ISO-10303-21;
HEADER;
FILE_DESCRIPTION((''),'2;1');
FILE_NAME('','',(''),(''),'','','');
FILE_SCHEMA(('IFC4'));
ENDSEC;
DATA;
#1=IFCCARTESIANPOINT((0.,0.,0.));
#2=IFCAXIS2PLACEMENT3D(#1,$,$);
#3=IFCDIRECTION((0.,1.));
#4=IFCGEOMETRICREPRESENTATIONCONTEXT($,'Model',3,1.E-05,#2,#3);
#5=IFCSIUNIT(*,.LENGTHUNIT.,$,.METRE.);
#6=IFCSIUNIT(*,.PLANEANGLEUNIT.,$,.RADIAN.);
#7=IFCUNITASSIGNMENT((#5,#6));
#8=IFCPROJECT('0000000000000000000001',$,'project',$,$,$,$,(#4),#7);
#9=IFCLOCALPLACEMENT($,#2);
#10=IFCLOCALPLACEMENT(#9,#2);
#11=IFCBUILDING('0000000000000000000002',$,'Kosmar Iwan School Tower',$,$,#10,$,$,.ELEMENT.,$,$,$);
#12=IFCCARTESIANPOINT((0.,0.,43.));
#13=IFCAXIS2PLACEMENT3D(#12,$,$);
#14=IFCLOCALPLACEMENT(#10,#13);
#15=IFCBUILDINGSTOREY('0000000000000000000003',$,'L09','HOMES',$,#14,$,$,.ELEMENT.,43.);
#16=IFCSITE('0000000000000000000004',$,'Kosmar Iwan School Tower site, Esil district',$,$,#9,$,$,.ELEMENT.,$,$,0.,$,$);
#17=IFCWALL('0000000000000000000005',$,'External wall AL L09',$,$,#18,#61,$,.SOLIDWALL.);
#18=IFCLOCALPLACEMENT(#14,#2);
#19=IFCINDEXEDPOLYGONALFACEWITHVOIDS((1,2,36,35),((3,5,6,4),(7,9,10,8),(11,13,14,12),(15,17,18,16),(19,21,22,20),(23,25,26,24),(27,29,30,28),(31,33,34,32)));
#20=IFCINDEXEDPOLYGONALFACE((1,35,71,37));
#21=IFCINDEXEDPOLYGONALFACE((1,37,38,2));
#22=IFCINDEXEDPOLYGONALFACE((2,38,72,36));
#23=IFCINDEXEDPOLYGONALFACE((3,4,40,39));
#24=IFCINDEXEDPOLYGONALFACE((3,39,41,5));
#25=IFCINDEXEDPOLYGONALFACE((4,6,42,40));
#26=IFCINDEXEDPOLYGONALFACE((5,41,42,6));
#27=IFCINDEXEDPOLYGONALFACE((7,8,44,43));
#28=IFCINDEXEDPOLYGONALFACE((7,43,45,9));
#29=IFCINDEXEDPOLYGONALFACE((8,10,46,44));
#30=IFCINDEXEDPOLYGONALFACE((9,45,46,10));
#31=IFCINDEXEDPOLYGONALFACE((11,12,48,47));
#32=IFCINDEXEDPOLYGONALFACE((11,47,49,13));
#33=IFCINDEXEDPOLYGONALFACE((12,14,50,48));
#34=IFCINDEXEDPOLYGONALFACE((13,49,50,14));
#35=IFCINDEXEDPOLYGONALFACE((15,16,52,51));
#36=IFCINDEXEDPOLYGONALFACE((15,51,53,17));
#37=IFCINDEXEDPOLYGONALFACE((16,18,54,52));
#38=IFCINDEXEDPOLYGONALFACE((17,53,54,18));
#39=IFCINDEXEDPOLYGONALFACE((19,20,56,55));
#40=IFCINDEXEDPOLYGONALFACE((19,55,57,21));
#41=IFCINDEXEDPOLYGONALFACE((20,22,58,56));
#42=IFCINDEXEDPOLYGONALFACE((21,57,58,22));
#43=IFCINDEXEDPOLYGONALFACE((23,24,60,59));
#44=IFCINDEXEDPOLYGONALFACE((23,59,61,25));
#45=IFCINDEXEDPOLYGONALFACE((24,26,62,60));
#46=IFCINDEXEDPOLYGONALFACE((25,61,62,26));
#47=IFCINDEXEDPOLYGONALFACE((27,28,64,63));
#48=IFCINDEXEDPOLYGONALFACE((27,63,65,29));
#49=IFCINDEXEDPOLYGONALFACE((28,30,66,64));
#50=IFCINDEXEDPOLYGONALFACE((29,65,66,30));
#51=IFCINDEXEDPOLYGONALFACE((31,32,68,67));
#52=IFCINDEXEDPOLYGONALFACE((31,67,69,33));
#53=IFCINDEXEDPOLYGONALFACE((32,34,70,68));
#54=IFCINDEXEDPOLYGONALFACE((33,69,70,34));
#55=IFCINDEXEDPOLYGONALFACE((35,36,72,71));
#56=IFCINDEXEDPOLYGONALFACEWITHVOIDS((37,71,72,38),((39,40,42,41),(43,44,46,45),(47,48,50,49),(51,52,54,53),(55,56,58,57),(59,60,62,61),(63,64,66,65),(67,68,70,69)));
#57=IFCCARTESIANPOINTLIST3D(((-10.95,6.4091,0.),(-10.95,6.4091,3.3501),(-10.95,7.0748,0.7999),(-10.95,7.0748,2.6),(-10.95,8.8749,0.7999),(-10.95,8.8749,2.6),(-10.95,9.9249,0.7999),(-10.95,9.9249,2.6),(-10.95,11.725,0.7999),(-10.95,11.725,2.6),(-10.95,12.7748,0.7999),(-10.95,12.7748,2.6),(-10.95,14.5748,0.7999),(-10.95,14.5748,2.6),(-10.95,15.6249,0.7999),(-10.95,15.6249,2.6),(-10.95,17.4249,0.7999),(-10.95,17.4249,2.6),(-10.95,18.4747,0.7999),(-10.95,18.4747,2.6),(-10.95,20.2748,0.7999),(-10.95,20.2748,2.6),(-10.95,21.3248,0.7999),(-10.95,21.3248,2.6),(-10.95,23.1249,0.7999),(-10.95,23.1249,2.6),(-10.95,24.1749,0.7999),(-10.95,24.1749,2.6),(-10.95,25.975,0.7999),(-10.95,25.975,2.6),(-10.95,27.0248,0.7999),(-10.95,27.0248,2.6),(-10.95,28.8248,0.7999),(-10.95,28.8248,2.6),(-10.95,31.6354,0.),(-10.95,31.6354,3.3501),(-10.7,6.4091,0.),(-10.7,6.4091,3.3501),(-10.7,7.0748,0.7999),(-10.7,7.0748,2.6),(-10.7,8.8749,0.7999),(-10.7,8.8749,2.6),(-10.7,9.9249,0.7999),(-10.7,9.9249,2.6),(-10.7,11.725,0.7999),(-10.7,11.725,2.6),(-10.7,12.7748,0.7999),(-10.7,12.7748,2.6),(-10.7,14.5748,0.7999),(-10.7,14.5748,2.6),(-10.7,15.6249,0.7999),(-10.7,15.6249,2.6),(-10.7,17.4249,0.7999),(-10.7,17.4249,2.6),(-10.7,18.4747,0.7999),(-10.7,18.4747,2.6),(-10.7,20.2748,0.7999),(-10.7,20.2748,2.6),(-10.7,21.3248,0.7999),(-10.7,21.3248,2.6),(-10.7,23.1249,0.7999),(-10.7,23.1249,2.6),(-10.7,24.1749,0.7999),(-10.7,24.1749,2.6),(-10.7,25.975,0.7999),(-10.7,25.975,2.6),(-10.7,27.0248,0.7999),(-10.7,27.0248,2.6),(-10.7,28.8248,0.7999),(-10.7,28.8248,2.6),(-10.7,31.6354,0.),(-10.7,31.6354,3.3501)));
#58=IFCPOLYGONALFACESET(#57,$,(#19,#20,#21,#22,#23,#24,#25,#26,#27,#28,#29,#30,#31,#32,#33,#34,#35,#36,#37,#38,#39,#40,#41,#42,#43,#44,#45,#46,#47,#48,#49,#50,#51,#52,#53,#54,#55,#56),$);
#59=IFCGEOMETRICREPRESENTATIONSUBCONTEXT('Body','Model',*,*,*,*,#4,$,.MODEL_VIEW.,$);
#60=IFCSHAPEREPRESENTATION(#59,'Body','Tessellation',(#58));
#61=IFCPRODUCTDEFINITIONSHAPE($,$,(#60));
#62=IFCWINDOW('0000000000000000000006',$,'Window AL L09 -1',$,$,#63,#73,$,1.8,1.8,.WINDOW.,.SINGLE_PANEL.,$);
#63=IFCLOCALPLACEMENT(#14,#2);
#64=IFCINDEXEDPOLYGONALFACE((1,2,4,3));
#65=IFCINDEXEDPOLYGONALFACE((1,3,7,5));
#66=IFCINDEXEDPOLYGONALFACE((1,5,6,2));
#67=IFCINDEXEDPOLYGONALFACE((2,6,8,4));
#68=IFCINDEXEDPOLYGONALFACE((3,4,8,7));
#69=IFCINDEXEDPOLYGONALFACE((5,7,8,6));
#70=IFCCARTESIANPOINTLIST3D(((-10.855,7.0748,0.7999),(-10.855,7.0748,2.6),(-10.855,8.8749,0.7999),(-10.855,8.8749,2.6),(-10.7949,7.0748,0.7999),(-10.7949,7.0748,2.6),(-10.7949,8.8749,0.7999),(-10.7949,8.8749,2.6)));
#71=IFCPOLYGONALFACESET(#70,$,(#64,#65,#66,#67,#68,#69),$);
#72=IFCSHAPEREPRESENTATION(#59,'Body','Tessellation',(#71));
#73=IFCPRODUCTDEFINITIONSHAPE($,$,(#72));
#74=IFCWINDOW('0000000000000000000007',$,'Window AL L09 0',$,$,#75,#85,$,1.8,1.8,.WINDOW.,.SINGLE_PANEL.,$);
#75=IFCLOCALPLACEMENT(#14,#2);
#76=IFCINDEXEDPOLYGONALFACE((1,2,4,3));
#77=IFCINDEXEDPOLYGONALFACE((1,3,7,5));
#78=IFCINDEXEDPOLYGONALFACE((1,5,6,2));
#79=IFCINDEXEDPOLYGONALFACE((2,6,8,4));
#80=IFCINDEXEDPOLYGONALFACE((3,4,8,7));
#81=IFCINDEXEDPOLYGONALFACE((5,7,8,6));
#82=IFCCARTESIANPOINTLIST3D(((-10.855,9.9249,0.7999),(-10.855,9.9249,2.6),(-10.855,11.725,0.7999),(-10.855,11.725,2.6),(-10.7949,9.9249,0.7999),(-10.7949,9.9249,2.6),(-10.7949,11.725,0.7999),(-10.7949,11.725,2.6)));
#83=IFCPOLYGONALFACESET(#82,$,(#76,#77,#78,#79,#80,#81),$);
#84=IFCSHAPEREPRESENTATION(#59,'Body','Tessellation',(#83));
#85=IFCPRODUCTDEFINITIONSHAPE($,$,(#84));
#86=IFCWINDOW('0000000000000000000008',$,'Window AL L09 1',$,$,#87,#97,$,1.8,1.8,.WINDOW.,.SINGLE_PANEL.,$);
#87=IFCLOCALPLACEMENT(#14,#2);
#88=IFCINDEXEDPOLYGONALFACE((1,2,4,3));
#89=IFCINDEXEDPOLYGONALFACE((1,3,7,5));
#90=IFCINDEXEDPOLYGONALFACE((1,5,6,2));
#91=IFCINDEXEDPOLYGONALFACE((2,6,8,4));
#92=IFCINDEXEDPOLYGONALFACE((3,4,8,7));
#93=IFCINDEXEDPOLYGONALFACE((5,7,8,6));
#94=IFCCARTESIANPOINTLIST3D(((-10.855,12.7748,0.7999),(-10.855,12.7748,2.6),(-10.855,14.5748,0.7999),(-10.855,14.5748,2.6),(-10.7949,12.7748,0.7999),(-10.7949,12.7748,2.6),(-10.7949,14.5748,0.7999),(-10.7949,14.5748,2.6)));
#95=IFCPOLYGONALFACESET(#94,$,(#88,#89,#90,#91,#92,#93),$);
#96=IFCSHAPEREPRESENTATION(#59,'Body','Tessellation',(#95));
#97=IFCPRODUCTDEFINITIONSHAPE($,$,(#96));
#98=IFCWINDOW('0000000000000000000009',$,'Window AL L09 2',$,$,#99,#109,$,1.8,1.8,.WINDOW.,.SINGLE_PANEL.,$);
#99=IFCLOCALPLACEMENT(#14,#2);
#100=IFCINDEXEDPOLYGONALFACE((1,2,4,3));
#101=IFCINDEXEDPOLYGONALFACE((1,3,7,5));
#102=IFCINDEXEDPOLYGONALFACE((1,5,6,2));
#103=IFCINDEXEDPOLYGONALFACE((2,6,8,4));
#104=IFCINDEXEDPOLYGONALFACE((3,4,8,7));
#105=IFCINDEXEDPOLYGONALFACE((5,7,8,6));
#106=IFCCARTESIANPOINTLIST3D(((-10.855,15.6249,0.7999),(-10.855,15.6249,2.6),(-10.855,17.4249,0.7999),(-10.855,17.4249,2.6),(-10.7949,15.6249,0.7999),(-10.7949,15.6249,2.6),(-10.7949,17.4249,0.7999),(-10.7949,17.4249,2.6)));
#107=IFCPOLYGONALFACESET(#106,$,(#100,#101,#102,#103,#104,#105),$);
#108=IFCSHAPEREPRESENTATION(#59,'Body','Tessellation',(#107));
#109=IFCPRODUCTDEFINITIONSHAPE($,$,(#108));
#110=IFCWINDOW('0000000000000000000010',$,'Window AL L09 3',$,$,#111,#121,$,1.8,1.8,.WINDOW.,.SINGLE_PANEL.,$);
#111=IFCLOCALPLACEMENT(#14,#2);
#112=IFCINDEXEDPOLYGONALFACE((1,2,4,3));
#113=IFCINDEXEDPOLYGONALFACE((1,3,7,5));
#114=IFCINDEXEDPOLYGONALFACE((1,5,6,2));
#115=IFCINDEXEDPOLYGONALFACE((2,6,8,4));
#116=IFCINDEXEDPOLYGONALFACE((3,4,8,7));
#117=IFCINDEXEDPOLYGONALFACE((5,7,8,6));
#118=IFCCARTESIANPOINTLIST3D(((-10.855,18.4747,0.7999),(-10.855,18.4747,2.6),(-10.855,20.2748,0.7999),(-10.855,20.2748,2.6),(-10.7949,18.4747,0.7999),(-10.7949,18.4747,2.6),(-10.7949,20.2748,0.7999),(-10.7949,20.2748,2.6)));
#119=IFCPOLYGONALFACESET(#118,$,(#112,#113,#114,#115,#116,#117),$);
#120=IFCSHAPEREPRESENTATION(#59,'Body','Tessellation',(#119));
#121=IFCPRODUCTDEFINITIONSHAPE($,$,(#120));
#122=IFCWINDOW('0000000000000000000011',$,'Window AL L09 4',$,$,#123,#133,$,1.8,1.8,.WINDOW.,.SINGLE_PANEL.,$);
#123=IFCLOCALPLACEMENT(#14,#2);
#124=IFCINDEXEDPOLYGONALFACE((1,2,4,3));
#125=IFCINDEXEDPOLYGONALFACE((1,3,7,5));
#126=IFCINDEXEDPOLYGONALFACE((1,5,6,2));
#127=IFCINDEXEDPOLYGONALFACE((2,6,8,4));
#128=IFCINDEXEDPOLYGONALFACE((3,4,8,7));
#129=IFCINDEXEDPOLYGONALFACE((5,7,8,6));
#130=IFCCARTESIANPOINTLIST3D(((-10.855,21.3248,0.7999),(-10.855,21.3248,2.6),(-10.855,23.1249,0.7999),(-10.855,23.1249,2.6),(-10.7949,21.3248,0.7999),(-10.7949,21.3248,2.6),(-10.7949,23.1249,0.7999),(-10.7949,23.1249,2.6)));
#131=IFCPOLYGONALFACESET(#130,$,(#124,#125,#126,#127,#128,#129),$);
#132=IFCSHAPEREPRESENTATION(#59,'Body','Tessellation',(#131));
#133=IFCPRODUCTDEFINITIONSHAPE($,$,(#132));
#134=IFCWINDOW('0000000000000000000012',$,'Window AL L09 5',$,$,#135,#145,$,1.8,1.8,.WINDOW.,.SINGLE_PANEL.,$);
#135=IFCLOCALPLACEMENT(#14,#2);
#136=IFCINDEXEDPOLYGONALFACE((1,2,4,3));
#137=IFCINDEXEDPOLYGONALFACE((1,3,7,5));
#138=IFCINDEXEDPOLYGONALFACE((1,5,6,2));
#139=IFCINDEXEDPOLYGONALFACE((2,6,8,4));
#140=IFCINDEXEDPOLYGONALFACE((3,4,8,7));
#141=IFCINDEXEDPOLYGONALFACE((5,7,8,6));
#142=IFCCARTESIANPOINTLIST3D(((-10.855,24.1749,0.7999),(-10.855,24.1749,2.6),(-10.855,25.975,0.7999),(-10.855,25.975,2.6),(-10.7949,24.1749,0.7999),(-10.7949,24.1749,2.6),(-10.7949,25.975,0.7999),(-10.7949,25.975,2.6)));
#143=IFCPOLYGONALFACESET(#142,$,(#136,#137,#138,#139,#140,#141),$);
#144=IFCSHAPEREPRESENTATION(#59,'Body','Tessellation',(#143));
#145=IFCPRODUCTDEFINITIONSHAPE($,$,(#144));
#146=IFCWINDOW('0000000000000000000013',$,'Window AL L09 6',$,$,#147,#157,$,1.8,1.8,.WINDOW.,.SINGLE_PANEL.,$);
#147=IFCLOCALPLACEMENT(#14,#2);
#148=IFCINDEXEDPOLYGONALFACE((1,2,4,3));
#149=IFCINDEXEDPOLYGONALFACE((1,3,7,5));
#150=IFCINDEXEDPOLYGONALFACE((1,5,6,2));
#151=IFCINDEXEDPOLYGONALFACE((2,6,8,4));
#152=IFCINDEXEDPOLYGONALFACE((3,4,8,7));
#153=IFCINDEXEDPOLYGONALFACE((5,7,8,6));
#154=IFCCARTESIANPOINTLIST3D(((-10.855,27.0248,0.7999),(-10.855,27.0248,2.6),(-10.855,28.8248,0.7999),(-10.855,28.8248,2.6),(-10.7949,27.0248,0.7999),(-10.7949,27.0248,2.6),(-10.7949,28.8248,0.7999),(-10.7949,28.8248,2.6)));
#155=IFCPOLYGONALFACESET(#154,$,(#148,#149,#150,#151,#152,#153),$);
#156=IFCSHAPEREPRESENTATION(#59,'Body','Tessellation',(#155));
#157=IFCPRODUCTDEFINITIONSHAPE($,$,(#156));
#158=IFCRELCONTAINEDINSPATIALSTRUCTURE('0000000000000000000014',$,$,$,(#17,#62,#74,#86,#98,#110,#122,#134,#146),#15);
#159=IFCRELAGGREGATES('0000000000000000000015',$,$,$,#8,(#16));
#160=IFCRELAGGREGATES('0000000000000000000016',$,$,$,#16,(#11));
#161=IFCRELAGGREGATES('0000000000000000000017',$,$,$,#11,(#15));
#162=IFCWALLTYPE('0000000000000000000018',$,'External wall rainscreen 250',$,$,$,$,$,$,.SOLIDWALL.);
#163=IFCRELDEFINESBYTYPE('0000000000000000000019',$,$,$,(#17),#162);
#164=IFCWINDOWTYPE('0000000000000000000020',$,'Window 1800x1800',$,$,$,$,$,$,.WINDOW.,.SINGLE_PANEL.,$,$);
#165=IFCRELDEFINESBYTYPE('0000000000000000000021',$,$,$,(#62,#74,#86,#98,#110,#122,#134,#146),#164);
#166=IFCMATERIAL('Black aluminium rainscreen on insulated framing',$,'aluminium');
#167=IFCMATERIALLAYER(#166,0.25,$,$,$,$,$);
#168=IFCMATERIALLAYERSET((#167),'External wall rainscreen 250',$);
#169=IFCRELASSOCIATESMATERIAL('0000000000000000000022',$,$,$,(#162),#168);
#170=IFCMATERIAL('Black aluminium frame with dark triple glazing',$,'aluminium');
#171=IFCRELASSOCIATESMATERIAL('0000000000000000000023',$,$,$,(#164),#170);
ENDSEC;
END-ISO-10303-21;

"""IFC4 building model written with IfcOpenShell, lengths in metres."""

from ifc_helpers import new_model, si_unit, direction, frame, frame_2d, origin, place, context, subcontext, project, spatial, rectangle, extrude, material, layer, layer_set, type_object, element, fill, save


model = new_model("IFC4")

# Units and contexts
model_context = context("Model", 3, precision=1e-05, world=origin(), true_north=direction((0.0, 1.0)))
body_context = subcontext(model_context, "Body", "Model", "MODEL_VIEW")
ifc_project = project(units=[si_unit("LENGTHUNIT", "METRE"), si_unit("PLANEANGLEUNIT", "RADIAN")], contexts=[model_context])

# Site, building, storey
site_placement = place(None, origin())
site = spatial("IfcSite", under=ifc_project, at=site_placement, Name="Kosmar Iwan School Tower site, Esil district", CompositionType="ELEMENT", RefElevation=0.0)
building_placement = place(site_placement, origin())
building = spatial("IfcBuilding", under=site, at=building_placement, Name="Kosmar Iwan School Tower", CompositionType="ELEMENT")
storey_placement = place(building_placement, frame((0.0, 0.0, 43.0)))
storey = spatial("IfcBuildingStorey", under=building, at=storey_placement, Name="L09", Description="HOMES", CompositionType="ELEMENT", Elevation=43.0)

# Wall, openings, windows
ifc_material_1 = material(Name="Black aluminium rainscreen on insulated framing", Category="aluminium")
ifc_layer = layer(ifc_material_1, 0.25)
ifc_layer_set = layer_set([ifc_layer], Name="External wall rainscreen 250")
wall_type = type_object("IfcWallType", Name="External wall rainscreen 250", PredefinedType="SOLIDWALL", material=ifc_layer_set)
wall_1_placement = place(storey_placement, frame((-10.825, 6.4089, 0.0), z_axis=(0.0, 0.0, 1.0), x_axis=(0.0, 1.0, 0.0)))
wall_1 = element("IfcWall", 1, at=wall_1_placement, inside=storey, type_object=wall_type, Name="External wall AL L09", PredefinedType="SOLIDWALL", context=body_context, shape_type="SweptSolid", body=[
    extrude(rectangle(XDim=25.2263, YDim=0.25, at=frame_2d((12.6133, 0.0))), origin(), (0.0, 0.0, 1.0), 3.3501),
])
opening_1_placement = place(wall_1_placement, frame((0.666, 0.0, 0.8)))
opening_1 = element("IfcOpeningElement", 2, at=opening_1_placement, cuts=wall_1, PredefinedType="OPENING", context=body_context, shape_type="SweptSolid", body=[
    extrude(rectangle(XDim=1.8, YDim=1.8, at=frame_2d((0.8999, 0.8999))), frame((0.0, 0.137, 0.0), z_axis=(0.0, -1.0, 0.0), x_axis=(1.0, 0.0, 0.0)), (0.0, 0.0, 1.0), 0.2739),
])
opening_2_placement = place(wall_1_placement, frame((3.5161, 0.0, 0.8)))
opening_2 = element("IfcOpeningElement", 3, at=opening_2_placement, cuts=wall_1, PredefinedType="OPENING", context=body_context, shape_type="SweptSolid", body=[
    extrude(rectangle(XDim=1.8, YDim=1.8, at=frame_2d((0.8999, 0.8999))), frame((0.0, 0.137, 0.0), z_axis=(0.0, -1.0, 0.0), x_axis=(1.0, 0.0, 0.0)), (0.0, 0.0, 1.0), 0.2739),
])
opening_3_placement = place(wall_1_placement, frame((6.366, 0.0, 0.8)))
opening_3 = element("IfcOpeningElement", 4, at=opening_3_placement, cuts=wall_1, PredefinedType="OPENING", context=body_context, shape_type="SweptSolid", body=[
    extrude(rectangle(XDim=1.8, YDim=1.8, at=frame_2d((0.8999, 0.8999))), frame((0.0, 0.137, 0.0), z_axis=(0.0, -1.0, 0.0), x_axis=(1.0, 0.0, 0.0)), (0.0, 0.0, 1.0), 0.2739),
])
opening_4_placement = place(wall_1_placement, frame((9.2161, 0.0, 0.8)))
opening_4 = element("IfcOpeningElement", 5, at=opening_4_placement, cuts=wall_1, PredefinedType="OPENING", context=body_context, shape_type="SweptSolid", body=[
    extrude(rectangle(XDim=1.8, YDim=1.8, at=frame_2d((0.8999, 0.8999))), frame((0.0, 0.137, 0.0), z_axis=(0.0, -1.0, 0.0), x_axis=(1.0, 0.0, 0.0)), (0.0, 0.0, 1.0), 0.2739),
])
opening_5_placement = place(wall_1_placement, frame((12.0659, 0.0, 0.8)))
opening_5 = element("IfcOpeningElement", 6, at=opening_5_placement, cuts=wall_1, PredefinedType="OPENING", context=body_context, shape_type="SweptSolid", body=[
    extrude(rectangle(XDim=1.8, YDim=1.8, at=frame_2d((0.8999, 0.8999))), frame((0.0, 0.137, 0.0), z_axis=(0.0, -1.0, 0.0), x_axis=(1.0, 0.0, 0.0)), (0.0, 0.0, 1.0), 0.2739),
])
opening_6_placement = place(wall_1_placement, frame((14.916, 0.0, 0.8)))
opening_6 = element("IfcOpeningElement", 7, at=opening_6_placement, cuts=wall_1, PredefinedType="OPENING", context=body_context, shape_type="SweptSolid", body=[
    extrude(rectangle(XDim=1.8, YDim=1.8, at=frame_2d((0.8999, 0.8999))), frame((0.0, 0.137, 0.0), z_axis=(0.0, -1.0, 0.0), x_axis=(1.0, 0.0, 0.0)), (0.0, 0.0, 1.0), 0.2739),
])
opening_7_placement = place(wall_1_placement, frame((17.7661, 0.0, 0.8)))
opening_7 = element("IfcOpeningElement", 8, at=opening_7_placement, cuts=wall_1, PredefinedType="OPENING", context=body_context, shape_type="SweptSolid", body=[
    extrude(rectangle(XDim=1.8, YDim=1.8, at=frame_2d((0.8999, 0.8999))), frame((0.0, 0.137, 0.0), z_axis=(0.0, -1.0, 0.0), x_axis=(1.0, 0.0, 0.0)), (0.0, 0.0, 1.0), 0.2739),
])
opening_8_placement = place(wall_1_placement, frame((20.616, 0.0, 0.8)))
opening_8 = element("IfcOpeningElement", 9, at=opening_8_placement, cuts=wall_1, PredefinedType="OPENING", context=body_context, shape_type="SweptSolid", body=[
    extrude(rectangle(XDim=1.8, YDim=1.8, at=frame_2d((0.8999, 0.8999))), frame((0.0, 0.137, 0.0), z_axis=(0.0, -1.0, 0.0), x_axis=(1.0, 0.0, 0.0)), (0.0, 0.0, 1.0), 0.2739),
])
ifc_material_2 = material(Name="Black aluminium frame with dark triple glazing", Category="aluminium")
window_type = type_object("IfcWindowType", Name="Window 1800x1800", PartitioningType="SINGLE_PANEL", PredefinedType="WINDOW", material=ifc_material_2)
window_1_placement = place(opening_1_placement, origin())
window_1 = element("IfcWindow", 10, at=window_1_placement, inside=storey, type_object=window_type, Name="Window AL L09 -1", OverallHeight=1.8, OverallWidth=1.8, PartitioningType="SINGLE_PANEL", PredefinedType="WINDOW", context=body_context, shape_type="SweptSolid", body=[
    extrude(rectangle(XDim=1.8, YDim=1.8, at=frame_2d((0.8999, 0.8999))), frame((0.0, 0.03, 0.0), z_axis=(0.0, -1.0, 0.0), x_axis=(1.0, 0.0, 0.0)), (0.0, 0.0, 1.0), 0.0601),
])
fill(opening_1, window_1)
window_2_placement = place(opening_2_placement, origin())
window_2 = element("IfcWindow", 11, at=window_2_placement, inside=storey, type_object=window_type, Name="Window AL L09 0", OverallHeight=1.8, OverallWidth=1.8, PartitioningType="SINGLE_PANEL", PredefinedType="WINDOW", context=body_context, shape_type="SweptSolid", body=[
    extrude(rectangle(XDim=1.8, YDim=1.8, at=frame_2d((0.8999, 0.8999))), frame((0.0, 0.03, 0.0), z_axis=(0.0, -1.0, 0.0), x_axis=(1.0, 0.0, 0.0)), (0.0, 0.0, 1.0), 0.0601),
])
fill(opening_2, window_2)
window_3_placement = place(opening_3_placement, origin())
window_3 = element("IfcWindow", 12, at=window_3_placement, inside=storey, type_object=window_type, Name="Window AL L09 1", OverallHeight=1.8, OverallWidth=1.8, PartitioningType="SINGLE_PANEL", PredefinedType="WINDOW", context=body_context, shape_type="SweptSolid", body=[
    extrude(rectangle(XDim=1.8, YDim=1.8, at=frame_2d((0.8999, 0.8999))), frame((0.0, 0.03, 0.0), z_axis=(0.0, -1.0, 0.0), x_axis=(1.0, 0.0, 0.0)), (0.0, 0.0, 1.0), 0.0601),
])
fill(opening_3, window_3)
window_4_placement = place(opening_4_placement, origin())
window_4 = element("IfcWindow", 13, at=window_4_placement, inside=storey, type_object=window_type, Name="Window AL L09 2", OverallHeight=1.8, OverallWidth=1.8, PartitioningType="SINGLE_PANEL", PredefinedType="WINDOW", context=body_context, shape_type="SweptSolid", body=[
    extrude(rectangle(XDim=1.8, YDim=1.8, at=frame_2d((0.8999, 0.8999))), frame((0.0, 0.03, 0.0), z_axis=(0.0, -1.0, 0.0), x_axis=(1.0, 0.0, 0.0)), (0.0, 0.0, 1.0), 0.0601),
])
fill(opening_4, window_4)
window_5_placement = place(opening_5_placement, origin())
window_5 = element("IfcWindow", 14, at=window_5_placement, inside=storey, type_object=window_type, Name="Window AL L09 3", OverallHeight=1.8, OverallWidth=1.8, PartitioningType="SINGLE_PANEL", PredefinedType="WINDOW", context=body_context, shape_type="SweptSolid", body=[
    extrude(rectangle(XDim=1.8, YDim=1.8, at=frame_2d((0.8999, 0.8999))), frame((0.0, 0.03, 0.0), z_axis=(0.0, -1.0, 0.0), x_axis=(1.0, 0.0, 0.0)), (0.0, 0.0, 1.0), 0.0601),
])
fill(opening_5, window_5)
window_6_placement = place(opening_6_placement, origin())
window_6 = element("IfcWindow", 15, at=window_6_placement, inside=storey, type_object=window_type, Name="Window AL L09 4", OverallHeight=1.8, OverallWidth=1.8, PartitioningType="SINGLE_PANEL", PredefinedType="WINDOW", context=body_context, shape_type="SweptSolid", body=[
    extrude(rectangle(XDim=1.8, YDim=1.8, at=frame_2d((0.8999, 0.8999))), frame((0.0, 0.03, 0.0), z_axis=(0.0, -1.0, 0.0), x_axis=(1.0, 0.0, 0.0)), (0.0, 0.0, 1.0), 0.0601),
])
fill(opening_6, window_6)
window_7_placement = place(opening_7_placement, origin())
window_7 = element("IfcWindow", 16, at=window_7_placement, inside=storey, type_object=window_type, Name="Window AL L09 5", OverallHeight=1.8, OverallWidth=1.8, PartitioningType="SINGLE_PANEL", PredefinedType="WINDOW", context=body_context, shape_type="SweptSolid", body=[
    extrude(rectangle(XDim=1.8, YDim=1.8, at=frame_2d((0.8999, 0.8999))), frame((0.0, 0.03, 0.0), z_axis=(0.0, -1.0, 0.0), x_axis=(1.0, 0.0, 0.0)), (0.0, 0.0, 1.0), 0.0601),
])
fill(opening_7, window_7)
window_8_placement = place(opening_8_placement, origin())
window_8 = element("IfcWindow", 17, at=window_8_placement, inside=storey, type_object=window_type, Name="Window AL L09 6", OverallHeight=1.8, OverallWidth=1.8, PartitioningType="SINGLE_PANEL", PredefinedType="WINDOW", context=body_context, shape_type="SweptSolid", body=[
    extrude(rectangle(XDim=1.8, YDim=1.8, at=frame_2d((0.8999, 0.8999))), frame((0.0, 0.03, 0.0), z_axis=(0.0, -1.0, 0.0), x_axis=(1.0, 0.0, 0.0)), (0.0, 0.0, 1.0), 0.0601),
])
fill(opening_8, window_8)

save(model, "model.ifc")
